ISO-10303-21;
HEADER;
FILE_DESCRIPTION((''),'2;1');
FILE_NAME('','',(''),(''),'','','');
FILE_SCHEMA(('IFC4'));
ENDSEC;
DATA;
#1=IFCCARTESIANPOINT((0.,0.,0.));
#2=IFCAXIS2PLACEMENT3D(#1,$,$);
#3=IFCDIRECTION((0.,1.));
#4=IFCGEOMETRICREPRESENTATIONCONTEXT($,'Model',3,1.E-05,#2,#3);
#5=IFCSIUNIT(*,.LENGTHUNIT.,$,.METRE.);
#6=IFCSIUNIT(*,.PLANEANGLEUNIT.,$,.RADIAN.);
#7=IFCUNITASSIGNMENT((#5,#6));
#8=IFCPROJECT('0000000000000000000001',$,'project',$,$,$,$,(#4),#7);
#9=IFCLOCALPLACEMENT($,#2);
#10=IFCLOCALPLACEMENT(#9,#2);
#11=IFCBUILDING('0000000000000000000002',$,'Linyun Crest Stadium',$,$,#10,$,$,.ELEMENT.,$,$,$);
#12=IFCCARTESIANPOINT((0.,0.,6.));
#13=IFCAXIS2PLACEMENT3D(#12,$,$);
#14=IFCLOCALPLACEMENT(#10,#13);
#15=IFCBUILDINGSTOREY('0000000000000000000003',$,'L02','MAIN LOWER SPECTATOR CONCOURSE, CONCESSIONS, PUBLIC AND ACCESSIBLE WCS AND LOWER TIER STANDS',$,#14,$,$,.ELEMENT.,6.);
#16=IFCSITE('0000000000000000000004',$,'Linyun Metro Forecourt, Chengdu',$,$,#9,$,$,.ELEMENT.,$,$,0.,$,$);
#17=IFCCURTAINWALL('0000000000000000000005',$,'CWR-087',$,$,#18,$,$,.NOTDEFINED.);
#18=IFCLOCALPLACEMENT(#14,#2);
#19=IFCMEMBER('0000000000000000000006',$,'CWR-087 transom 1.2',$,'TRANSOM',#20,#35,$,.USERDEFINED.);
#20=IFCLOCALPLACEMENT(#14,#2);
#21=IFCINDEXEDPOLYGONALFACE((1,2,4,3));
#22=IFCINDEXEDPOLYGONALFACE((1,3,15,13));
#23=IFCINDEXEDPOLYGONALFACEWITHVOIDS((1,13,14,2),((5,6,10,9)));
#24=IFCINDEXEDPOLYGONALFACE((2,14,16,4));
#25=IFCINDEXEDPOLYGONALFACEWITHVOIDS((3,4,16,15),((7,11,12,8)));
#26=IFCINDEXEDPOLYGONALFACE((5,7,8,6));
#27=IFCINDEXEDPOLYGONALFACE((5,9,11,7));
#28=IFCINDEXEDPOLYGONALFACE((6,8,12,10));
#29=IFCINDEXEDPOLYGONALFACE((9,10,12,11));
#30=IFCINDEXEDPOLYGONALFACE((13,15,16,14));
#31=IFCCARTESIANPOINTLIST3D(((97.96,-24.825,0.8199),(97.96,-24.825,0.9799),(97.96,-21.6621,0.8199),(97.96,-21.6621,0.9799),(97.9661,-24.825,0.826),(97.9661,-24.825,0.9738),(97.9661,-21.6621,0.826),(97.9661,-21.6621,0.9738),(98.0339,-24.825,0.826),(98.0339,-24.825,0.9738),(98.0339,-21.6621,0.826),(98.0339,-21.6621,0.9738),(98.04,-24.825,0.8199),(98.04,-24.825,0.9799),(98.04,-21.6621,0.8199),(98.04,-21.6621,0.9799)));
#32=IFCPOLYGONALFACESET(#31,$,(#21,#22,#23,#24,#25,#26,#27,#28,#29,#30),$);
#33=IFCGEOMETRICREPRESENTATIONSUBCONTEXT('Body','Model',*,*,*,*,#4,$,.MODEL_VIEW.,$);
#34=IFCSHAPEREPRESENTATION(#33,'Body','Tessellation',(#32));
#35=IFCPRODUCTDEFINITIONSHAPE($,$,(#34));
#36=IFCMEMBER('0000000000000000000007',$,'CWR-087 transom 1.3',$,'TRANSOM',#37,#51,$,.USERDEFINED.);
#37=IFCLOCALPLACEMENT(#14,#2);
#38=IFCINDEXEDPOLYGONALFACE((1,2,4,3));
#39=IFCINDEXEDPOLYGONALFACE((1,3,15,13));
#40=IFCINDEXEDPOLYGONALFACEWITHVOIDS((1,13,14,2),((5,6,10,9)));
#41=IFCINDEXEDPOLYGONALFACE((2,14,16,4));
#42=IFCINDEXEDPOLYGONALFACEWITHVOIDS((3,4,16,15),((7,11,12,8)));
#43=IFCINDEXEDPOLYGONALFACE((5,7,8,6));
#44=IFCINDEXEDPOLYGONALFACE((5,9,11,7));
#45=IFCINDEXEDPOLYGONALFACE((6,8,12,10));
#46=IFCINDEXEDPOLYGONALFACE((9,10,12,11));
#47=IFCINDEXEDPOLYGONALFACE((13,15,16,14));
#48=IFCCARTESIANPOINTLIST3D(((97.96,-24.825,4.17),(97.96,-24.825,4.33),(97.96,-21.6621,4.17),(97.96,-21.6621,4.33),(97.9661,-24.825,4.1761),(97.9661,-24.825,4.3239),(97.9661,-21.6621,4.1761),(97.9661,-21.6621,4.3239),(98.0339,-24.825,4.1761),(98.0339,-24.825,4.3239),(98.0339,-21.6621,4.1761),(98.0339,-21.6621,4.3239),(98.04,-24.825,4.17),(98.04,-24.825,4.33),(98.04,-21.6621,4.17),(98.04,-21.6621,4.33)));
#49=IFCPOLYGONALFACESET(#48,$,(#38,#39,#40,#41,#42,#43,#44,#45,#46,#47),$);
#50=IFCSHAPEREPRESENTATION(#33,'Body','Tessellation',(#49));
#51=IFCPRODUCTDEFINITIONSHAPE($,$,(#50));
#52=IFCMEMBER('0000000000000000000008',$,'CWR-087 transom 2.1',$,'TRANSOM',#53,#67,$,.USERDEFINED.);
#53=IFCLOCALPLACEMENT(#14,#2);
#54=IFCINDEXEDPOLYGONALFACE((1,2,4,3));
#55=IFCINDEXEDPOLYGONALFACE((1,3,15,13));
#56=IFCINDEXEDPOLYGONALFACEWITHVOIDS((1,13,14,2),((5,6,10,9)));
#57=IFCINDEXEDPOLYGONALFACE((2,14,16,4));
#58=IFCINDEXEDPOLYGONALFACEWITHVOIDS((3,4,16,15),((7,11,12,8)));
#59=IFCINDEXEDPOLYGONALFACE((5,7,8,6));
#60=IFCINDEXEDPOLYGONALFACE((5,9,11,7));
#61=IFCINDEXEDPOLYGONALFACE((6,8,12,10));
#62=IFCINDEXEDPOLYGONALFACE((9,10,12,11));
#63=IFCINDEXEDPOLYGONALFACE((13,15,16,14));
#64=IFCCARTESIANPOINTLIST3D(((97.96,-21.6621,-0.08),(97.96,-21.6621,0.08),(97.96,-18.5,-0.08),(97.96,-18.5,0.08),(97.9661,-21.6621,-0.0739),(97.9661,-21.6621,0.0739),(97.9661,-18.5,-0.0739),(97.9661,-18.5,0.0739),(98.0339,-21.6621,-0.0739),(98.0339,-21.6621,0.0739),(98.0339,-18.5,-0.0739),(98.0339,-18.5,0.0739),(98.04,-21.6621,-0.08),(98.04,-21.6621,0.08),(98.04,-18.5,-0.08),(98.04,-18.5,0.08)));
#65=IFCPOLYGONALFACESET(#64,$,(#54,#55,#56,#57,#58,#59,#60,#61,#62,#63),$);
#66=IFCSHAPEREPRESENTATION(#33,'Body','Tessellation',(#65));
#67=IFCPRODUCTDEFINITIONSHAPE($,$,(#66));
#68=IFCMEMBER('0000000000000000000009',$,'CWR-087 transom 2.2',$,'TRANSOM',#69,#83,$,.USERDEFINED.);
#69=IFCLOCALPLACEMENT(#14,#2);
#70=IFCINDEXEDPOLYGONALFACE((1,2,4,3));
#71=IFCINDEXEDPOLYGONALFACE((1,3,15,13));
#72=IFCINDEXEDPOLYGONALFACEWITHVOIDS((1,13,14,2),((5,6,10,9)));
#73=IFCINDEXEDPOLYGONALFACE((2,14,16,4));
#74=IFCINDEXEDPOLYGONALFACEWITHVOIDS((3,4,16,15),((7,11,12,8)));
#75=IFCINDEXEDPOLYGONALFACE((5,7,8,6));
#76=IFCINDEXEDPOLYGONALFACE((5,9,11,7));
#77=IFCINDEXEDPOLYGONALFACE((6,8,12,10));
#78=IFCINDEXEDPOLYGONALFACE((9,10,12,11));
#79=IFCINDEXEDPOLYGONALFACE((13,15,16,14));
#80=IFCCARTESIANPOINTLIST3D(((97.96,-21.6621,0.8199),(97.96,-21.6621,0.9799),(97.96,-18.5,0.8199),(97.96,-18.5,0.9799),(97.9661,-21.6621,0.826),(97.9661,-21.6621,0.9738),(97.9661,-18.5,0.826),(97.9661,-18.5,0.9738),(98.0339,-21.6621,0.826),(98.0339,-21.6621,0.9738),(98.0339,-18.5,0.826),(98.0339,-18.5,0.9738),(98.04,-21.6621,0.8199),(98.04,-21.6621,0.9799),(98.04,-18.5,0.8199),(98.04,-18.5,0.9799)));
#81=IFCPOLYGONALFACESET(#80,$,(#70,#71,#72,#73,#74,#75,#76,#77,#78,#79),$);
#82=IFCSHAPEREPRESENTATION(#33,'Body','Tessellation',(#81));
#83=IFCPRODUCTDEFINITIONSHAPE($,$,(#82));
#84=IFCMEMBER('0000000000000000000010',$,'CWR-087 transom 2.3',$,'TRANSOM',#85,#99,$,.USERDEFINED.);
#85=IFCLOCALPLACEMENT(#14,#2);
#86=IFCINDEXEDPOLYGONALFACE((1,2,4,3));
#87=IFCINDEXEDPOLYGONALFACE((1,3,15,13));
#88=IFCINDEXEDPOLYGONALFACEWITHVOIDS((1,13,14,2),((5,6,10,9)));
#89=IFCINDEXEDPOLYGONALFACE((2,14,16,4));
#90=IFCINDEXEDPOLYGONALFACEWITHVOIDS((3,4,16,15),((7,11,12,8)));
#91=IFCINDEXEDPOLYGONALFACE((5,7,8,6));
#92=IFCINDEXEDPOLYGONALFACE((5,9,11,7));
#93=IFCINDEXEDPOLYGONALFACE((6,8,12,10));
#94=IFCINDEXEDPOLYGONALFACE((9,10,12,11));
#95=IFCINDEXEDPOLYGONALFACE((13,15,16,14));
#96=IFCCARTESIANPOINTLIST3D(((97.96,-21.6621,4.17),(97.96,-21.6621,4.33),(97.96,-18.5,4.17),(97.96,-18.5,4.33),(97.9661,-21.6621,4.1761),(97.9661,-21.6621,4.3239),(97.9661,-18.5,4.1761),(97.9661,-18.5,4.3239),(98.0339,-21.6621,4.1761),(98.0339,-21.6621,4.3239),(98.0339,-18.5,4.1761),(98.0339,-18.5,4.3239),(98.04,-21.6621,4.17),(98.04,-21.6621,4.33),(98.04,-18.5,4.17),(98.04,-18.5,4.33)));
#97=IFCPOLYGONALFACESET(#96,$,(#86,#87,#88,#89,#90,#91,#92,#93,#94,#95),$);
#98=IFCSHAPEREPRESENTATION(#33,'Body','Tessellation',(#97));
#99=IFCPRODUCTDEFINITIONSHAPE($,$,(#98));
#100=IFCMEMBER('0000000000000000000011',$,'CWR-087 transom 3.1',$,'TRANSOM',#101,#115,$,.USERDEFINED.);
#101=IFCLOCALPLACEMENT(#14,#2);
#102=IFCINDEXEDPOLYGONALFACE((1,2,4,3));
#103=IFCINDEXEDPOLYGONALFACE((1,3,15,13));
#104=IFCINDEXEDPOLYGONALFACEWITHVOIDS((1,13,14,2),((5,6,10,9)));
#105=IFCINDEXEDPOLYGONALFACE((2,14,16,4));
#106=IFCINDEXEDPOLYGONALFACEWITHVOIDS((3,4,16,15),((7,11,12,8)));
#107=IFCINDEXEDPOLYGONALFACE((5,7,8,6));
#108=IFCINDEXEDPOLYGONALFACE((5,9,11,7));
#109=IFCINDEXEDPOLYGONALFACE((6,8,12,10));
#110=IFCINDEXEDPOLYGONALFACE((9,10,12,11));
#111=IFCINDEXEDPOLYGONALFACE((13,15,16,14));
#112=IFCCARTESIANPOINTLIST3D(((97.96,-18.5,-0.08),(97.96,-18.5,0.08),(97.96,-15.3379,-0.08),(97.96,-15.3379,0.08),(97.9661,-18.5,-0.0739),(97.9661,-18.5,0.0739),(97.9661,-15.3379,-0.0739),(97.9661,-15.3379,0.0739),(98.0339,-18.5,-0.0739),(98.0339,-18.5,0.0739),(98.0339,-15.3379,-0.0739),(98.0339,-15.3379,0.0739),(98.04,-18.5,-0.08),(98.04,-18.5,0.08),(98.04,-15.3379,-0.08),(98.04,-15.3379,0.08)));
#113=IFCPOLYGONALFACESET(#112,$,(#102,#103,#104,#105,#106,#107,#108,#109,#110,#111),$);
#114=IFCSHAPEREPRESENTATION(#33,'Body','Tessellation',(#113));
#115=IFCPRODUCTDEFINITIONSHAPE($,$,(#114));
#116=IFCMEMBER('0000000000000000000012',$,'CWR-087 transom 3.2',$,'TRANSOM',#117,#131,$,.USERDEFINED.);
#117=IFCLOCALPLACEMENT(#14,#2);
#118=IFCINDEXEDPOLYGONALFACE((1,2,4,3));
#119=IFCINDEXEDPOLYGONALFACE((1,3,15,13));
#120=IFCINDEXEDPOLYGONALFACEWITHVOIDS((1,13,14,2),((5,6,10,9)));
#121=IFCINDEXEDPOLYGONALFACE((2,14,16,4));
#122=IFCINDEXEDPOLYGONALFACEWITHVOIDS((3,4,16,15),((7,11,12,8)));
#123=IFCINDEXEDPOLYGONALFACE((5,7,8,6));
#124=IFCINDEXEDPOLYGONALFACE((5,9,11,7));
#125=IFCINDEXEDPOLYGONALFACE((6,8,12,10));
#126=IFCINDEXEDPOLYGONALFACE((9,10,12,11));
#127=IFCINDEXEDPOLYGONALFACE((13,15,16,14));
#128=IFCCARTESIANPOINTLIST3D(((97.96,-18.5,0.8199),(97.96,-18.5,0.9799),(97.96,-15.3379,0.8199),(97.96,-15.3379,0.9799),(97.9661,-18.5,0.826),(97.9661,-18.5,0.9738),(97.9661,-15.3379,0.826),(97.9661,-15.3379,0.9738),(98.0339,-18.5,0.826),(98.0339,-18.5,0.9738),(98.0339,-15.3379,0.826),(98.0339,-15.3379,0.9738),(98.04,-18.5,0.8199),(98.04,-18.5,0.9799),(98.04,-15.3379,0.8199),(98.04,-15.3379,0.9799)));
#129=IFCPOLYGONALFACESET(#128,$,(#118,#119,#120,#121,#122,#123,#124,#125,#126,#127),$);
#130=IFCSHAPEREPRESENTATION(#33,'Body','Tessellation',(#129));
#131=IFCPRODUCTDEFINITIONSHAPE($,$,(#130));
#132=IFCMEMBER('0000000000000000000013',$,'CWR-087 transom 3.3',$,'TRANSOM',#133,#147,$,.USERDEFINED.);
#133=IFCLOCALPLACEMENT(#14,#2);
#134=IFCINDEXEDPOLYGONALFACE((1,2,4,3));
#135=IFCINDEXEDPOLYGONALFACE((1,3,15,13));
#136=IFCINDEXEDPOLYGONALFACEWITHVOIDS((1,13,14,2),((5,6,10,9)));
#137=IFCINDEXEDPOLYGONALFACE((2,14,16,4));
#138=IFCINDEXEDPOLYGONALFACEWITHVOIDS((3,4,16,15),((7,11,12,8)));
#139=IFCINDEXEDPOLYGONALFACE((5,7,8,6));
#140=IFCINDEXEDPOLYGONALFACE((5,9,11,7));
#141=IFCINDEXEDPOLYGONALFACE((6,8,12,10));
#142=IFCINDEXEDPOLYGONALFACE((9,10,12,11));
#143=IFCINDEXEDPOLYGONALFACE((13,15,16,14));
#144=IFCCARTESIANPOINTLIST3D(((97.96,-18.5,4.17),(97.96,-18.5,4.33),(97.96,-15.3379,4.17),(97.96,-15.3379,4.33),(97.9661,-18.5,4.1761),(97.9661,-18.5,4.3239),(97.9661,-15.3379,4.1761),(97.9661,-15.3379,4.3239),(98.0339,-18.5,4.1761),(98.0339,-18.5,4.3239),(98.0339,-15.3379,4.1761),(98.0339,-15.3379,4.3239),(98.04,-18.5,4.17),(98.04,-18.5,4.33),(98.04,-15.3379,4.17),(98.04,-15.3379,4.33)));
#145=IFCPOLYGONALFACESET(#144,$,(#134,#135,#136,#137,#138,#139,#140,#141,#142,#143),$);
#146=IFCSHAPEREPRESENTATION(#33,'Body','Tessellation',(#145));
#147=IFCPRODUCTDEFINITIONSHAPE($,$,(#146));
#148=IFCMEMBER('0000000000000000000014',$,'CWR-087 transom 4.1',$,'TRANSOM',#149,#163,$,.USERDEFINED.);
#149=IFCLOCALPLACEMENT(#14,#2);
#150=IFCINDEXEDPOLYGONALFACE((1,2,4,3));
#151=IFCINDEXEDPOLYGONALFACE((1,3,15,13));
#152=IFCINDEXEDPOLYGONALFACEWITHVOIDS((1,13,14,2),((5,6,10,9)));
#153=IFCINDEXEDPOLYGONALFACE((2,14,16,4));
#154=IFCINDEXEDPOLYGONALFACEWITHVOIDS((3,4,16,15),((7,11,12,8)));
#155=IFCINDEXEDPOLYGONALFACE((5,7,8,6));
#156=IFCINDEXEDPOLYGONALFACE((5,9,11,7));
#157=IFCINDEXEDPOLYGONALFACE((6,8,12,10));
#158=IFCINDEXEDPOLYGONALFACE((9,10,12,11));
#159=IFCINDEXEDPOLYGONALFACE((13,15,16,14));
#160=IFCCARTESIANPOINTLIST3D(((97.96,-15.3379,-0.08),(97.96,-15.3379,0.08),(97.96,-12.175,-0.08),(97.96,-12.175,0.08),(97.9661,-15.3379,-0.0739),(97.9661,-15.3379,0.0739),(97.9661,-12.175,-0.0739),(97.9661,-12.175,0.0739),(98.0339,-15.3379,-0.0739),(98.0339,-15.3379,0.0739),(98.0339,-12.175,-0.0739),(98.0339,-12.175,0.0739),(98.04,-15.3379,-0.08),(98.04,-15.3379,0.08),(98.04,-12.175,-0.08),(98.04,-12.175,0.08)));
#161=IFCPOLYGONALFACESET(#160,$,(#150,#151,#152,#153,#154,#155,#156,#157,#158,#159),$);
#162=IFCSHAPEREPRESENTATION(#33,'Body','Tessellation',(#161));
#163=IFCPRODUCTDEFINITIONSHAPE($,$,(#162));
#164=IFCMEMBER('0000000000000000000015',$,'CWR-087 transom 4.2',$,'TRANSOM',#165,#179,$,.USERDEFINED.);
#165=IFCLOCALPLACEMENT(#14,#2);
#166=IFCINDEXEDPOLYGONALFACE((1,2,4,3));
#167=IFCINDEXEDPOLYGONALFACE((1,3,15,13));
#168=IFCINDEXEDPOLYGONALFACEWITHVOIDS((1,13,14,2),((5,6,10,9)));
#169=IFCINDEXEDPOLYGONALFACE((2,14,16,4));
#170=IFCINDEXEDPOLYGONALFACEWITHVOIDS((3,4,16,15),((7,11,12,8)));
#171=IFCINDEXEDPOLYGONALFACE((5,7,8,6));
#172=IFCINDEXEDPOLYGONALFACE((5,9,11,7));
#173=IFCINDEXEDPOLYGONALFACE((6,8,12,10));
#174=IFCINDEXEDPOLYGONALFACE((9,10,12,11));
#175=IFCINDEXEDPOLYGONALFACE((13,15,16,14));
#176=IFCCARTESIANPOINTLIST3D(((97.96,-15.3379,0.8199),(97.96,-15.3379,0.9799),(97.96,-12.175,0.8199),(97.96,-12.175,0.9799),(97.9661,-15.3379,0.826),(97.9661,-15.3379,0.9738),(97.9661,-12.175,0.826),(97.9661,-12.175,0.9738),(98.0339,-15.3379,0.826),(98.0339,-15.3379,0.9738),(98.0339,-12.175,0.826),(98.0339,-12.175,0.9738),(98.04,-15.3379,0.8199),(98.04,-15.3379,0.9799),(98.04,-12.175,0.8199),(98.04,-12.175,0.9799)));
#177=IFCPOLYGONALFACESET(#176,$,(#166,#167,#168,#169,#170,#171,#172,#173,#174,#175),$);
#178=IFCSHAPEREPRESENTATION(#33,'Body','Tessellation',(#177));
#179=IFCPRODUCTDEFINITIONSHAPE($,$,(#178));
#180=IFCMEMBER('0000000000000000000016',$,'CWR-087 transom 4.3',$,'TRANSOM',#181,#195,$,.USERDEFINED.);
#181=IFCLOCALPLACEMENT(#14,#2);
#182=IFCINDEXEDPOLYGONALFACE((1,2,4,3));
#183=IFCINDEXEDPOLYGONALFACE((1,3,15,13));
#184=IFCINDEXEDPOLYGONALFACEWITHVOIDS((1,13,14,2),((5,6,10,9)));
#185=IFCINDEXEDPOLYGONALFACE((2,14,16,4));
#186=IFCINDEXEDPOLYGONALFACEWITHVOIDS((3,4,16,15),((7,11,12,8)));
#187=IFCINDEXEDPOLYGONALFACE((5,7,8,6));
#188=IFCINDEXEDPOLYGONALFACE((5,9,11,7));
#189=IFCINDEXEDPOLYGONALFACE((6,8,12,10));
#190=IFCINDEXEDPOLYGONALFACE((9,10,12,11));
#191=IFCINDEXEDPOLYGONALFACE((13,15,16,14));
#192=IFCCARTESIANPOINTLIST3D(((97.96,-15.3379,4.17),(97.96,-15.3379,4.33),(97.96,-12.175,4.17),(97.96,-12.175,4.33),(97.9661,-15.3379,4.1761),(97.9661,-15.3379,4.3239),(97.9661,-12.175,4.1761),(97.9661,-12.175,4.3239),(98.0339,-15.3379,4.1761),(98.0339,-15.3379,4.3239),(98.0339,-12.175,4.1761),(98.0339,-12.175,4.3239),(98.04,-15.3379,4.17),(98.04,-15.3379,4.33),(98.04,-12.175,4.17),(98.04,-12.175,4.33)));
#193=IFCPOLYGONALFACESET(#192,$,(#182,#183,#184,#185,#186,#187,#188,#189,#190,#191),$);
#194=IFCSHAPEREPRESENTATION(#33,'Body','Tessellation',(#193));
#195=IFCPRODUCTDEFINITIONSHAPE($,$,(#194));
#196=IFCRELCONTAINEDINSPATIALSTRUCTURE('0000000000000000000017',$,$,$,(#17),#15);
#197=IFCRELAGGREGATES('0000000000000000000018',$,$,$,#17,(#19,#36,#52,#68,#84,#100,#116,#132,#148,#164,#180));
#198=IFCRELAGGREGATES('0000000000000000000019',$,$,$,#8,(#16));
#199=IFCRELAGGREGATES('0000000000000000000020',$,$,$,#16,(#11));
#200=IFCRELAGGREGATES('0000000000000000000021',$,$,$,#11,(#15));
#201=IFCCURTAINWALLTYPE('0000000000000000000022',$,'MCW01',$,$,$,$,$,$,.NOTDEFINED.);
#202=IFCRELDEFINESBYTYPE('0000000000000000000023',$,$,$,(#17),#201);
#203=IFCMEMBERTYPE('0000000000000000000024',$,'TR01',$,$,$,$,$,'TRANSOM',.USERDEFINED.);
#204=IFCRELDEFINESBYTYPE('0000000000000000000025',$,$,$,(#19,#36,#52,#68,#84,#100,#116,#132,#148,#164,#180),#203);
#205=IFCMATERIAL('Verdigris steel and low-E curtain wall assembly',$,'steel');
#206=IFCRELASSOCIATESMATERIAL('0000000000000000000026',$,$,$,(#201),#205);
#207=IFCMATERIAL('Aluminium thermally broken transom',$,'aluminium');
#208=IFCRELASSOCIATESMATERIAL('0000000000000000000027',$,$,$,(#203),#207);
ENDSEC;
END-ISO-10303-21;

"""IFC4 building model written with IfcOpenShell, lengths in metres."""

from ifc_helpers import new_model, si_unit, direction, frame, origin, origin_2d, place, context, subcontext, project, spatial, hollow_rectangle, extrude, material, material_profile, profile_set, type_object, element, aggregate, save


model = new_model("IFC4")

# Units and contexts
model_context = context("Model", 3, precision=1e-05, world=origin(), true_north=direction((0.0, 1.0)))
body_context = subcontext(model_context, "Body", "Model", "MODEL_VIEW")
ifc_project = project(units=[si_unit("LENGTHUNIT", "METRE"), si_unit("PLANEANGLEUNIT", "RADIAN")], contexts=[model_context])

# Site, building, storey
site_placement = place(None, origin())
site = spatial("IfcSite", under=ifc_project, at=site_placement, Name="Linyun Metro Forecourt, Chengdu", CompositionType="ELEMENT", RefElevation=0.0)
building_placement = place(site_placement, origin())
building = spatial("IfcBuilding", under=site, at=building_placement, Name="Linyun Crest Stadium", CompositionType="ELEMENT")
storey_placement = place(building_placement, frame((0.0, 0.0, 6.0)))
storey = spatial("IfcBuildingStorey", under=building, at=storey_placement, Name="L02", Description="MAIN LOWER SPECTATOR CONCOURSE, CONCESSIONS, PUBLIC AND ACCESSIBLE WCS AND LOWER TIER STANDS", CompositionType="ELEMENT", Elevation=6.0)

# Shared definitions
ifc_material_1 = material(Name="Verdigris steel and low-E curtain wall assembly", Category="steel")
curtain_wall_type = type_object("IfcCurtainWallType", Name="MCW01", PredefinedType="NOTDEFINED", material=ifc_material_1)

# Curtain wall, members
curtain_wall_1_placement = place(storey_placement, origin())
curtain_wall_1 = element("IfcCurtainWall", 1, at=curtain_wall_1_placement, inside=storey, type_object=curtain_wall_type, Name="CWR-087", PredefinedType="NOTDEFINED")
ifc_material_2 = material(Name="Aluminium thermally broken transom", Category="aluminium")
ifc_material_profile_1 = material_profile(ifc_material_2, hollow_rectangle(XDim=0.0801, YDim=0.1599, WallThickness=0.0061, at=origin_2d()), Name="RHS 160x80x6")
ifc_profile_set_1 = profile_set([ifc_material_profile_1], Name="Aluminium thermally broken transom")
member_type_1 = type_object("IfcMemberType", Name="TR01", ElementType="TRANSOM", PredefinedType="USERDEFINED", material=ifc_profile_set_1)
member_1_placement = place(storey_placement, frame((98.0, -24.825, 0.8999), z_axis=(0.0, 1.0, 0.0), x_axis=(-1.0, 0.0, 0.0)))
member_1 = element("IfcMember", 2, at=member_1_placement, type_object=member_type_1, Name="CWR-087 transom 1.2", ObjectType="TRANSOM", PredefinedType="USERDEFINED", context=body_context, shape_type="SweptSolid", body=[
    extrude(hollow_rectangle(XDim=0.0801, YDim=0.1599, WallThickness=0.0061, at=origin_2d()), origin(), (0.0, 0.0, 1.0), 3.1628),
])
member_2_placement = place(storey_placement, frame((98.0, -24.825, 4.25), z_axis=(0.0, 1.0, 0.0), x_axis=(-1.0, 0.0, 0.0)))
member_2 = element("IfcMember", 3, at=member_2_placement, type_object=member_type_1, Name="CWR-087 transom 1.3", ObjectType="TRANSOM", PredefinedType="USERDEFINED", context=body_context, shape_type="SweptSolid", body=[
    extrude(hollow_rectangle(XDim=0.0801, YDim=0.1599, WallThickness=0.0061, at=origin_2d()), origin(), (0.0, 0.0, 1.0), 3.1628),
])
member_3_placement = place(storey_placement, frame((98.0, -21.6621, 0.0), z_axis=(0.0, 1.0, 0.0), x_axis=(-1.0, 0.0, 0.0)))
member_3 = element("IfcMember", 4, at=member_3_placement, type_object=member_type_1, Name="CWR-087 transom 2.1", ObjectType="TRANSOM", PredefinedType="USERDEFINED", context=body_context, shape_type="SweptSolid", body=[
    extrude(hollow_rectangle(XDim=0.0801, YDim=0.1599, WallThickness=0.0061, at=origin_2d()), origin(), (0.0, 0.0, 1.0), 3.1621),
])
member_4_placement = place(storey_placement, frame((98.0, -21.6621, 0.8999), z_axis=(0.0, 1.0, 0.0), x_axis=(-1.0, 0.0, 0.0)))
member_4 = element("IfcMember", 5, at=member_4_placement, type_object=member_type_1, Name="CWR-087 transom 2.2", ObjectType="TRANSOM", PredefinedType="USERDEFINED", context=body_context, shape_type="SweptSolid", body=[
    extrude(hollow_rectangle(XDim=0.0801, YDim=0.1599, WallThickness=0.0061, at=origin_2d()), origin(), (0.0, 0.0, 1.0), 3.1621),
])
member_5_placement = place(storey_placement, frame((98.0, -21.6621, 4.25), z_axis=(0.0, 1.0, 0.0), x_axis=(-1.0, 0.0, 0.0)))
member_5 = element("IfcMember", 6, at=member_5_placement, type_object=member_type_1, Name="CWR-087 transom 2.3", ObjectType="TRANSOM", PredefinedType="USERDEFINED", context=body_context, shape_type="SweptSolid", body=[
    extrude(hollow_rectangle(XDim=0.0801, YDim=0.1599, WallThickness=0.0061, at=origin_2d()), origin(), (0.0, 0.0, 1.0), 3.1621),
])
member_6_placement = place(storey_placement, frame((98.0, -18.5, 0.0), z_axis=(0.0, 1.0, 0.0), x_axis=(-1.0, 0.0, 0.0)))
member_6 = element("IfcMember", 7, at=member_6_placement, type_object=member_type_1, Name="CWR-087 transom 3.1", ObjectType="TRANSOM", PredefinedType="USERDEFINED", context=body_context, shape_type="SweptSolid", body=[
    extrude(hollow_rectangle(XDim=0.0801, YDim=0.1599, WallThickness=0.0061, at=origin_2d()), origin(), (0.0, 0.0, 1.0), 3.1621),
])
member_7_placement = place(storey_placement, frame((98.0, -18.5, 0.8999), z_axis=(0.0, 1.0, 0.0), x_axis=(-1.0, 0.0, 0.0)))
member_7 = element("IfcMember", 8, at=member_7_placement, type_object=member_type_1, Name="CWR-087 transom 3.2", ObjectType="TRANSOM", PredefinedType="USERDEFINED", context=body_context, shape_type="SweptSolid", body=[
    extrude(hollow_rectangle(XDim=0.0801, YDim=0.1599, WallThickness=0.0061, at=origin_2d()), origin(), (0.0, 0.0, 1.0), 3.1621),
])
member_8_placement = place(storey_placement, frame((98.0, -18.5, 4.25), z_axis=(0.0, 1.0, 0.0), x_axis=(-1.0, 0.0, 0.0)))
member_8 = element("IfcMember", 9, at=member_8_placement, type_object=member_type_1, Name="CWR-087 transom 3.3", ObjectType="TRANSOM", PredefinedType="USERDEFINED", context=body_context, shape_type="SweptSolid", body=[
    extrude(hollow_rectangle(XDim=0.0801, YDim=0.1599, WallThickness=0.0061, at=origin_2d()), origin(), (0.0, 0.0, 1.0), 3.1621),
])
member_9_placement = place(storey_placement, frame((98.0, -15.3379, 0.0), z_axis=(0.0, 1.0, 0.0), x_axis=(-1.0, 0.0, 0.0)))
member_9 = element("IfcMember", 10, at=member_9_placement, type_object=member_type_1, Name="CWR-087 transom 4.1", ObjectType="TRANSOM", PredefinedType="USERDEFINED", context=body_context, shape_type="SweptSolid", body=[
    extrude(hollow_rectangle(XDim=0.0801, YDim=0.1599, WallThickness=0.0061, at=origin_2d()), origin(), (0.0, 0.0, 1.0), 3.1628),
])
member_10_placement = place(storey_placement, frame((98.0, -15.3379, 0.8999), z_axis=(0.0, 1.0, 0.0), x_axis=(-1.0, 0.0, 0.0)))
member_10 = element("IfcMember", 11, at=member_10_placement, type_object=member_type_1, Name="CWR-087 transom 4.2", ObjectType="TRANSOM", PredefinedType="USERDEFINED", context=body_context, shape_type="SweptSolid", body=[
    extrude(hollow_rectangle(XDim=0.0801, YDim=0.1599, WallThickness=0.0061, at=origin_2d()), origin(), (0.0, 0.0, 1.0), 3.1628),
])
member_11_placement = place(storey_placement, frame((98.0, -15.3379, 4.25), z_axis=(0.0, 1.0, 0.0), x_axis=(-1.0, 0.0, 0.0)))
member_11 = element("IfcMember", 12, at=member_11_placement, type_object=member_type_1, Name="CWR-087 transom 4.3", ObjectType="TRANSOM", PredefinedType="USERDEFINED", context=body_context, shape_type="SweptSolid", body=[
    extrude(hollow_rectangle(XDim=0.0801, YDim=0.1599, WallThickness=0.0061, at=origin_2d()), origin(), (0.0, 0.0, 1.0), 3.1628),
])
aggregate(curtain_wall_1, [member_1, member_2, member_3, member_4, member_5, member_6, member_7, member_8, member_9, member_10, member_11])

save(model, "model.ifc")
